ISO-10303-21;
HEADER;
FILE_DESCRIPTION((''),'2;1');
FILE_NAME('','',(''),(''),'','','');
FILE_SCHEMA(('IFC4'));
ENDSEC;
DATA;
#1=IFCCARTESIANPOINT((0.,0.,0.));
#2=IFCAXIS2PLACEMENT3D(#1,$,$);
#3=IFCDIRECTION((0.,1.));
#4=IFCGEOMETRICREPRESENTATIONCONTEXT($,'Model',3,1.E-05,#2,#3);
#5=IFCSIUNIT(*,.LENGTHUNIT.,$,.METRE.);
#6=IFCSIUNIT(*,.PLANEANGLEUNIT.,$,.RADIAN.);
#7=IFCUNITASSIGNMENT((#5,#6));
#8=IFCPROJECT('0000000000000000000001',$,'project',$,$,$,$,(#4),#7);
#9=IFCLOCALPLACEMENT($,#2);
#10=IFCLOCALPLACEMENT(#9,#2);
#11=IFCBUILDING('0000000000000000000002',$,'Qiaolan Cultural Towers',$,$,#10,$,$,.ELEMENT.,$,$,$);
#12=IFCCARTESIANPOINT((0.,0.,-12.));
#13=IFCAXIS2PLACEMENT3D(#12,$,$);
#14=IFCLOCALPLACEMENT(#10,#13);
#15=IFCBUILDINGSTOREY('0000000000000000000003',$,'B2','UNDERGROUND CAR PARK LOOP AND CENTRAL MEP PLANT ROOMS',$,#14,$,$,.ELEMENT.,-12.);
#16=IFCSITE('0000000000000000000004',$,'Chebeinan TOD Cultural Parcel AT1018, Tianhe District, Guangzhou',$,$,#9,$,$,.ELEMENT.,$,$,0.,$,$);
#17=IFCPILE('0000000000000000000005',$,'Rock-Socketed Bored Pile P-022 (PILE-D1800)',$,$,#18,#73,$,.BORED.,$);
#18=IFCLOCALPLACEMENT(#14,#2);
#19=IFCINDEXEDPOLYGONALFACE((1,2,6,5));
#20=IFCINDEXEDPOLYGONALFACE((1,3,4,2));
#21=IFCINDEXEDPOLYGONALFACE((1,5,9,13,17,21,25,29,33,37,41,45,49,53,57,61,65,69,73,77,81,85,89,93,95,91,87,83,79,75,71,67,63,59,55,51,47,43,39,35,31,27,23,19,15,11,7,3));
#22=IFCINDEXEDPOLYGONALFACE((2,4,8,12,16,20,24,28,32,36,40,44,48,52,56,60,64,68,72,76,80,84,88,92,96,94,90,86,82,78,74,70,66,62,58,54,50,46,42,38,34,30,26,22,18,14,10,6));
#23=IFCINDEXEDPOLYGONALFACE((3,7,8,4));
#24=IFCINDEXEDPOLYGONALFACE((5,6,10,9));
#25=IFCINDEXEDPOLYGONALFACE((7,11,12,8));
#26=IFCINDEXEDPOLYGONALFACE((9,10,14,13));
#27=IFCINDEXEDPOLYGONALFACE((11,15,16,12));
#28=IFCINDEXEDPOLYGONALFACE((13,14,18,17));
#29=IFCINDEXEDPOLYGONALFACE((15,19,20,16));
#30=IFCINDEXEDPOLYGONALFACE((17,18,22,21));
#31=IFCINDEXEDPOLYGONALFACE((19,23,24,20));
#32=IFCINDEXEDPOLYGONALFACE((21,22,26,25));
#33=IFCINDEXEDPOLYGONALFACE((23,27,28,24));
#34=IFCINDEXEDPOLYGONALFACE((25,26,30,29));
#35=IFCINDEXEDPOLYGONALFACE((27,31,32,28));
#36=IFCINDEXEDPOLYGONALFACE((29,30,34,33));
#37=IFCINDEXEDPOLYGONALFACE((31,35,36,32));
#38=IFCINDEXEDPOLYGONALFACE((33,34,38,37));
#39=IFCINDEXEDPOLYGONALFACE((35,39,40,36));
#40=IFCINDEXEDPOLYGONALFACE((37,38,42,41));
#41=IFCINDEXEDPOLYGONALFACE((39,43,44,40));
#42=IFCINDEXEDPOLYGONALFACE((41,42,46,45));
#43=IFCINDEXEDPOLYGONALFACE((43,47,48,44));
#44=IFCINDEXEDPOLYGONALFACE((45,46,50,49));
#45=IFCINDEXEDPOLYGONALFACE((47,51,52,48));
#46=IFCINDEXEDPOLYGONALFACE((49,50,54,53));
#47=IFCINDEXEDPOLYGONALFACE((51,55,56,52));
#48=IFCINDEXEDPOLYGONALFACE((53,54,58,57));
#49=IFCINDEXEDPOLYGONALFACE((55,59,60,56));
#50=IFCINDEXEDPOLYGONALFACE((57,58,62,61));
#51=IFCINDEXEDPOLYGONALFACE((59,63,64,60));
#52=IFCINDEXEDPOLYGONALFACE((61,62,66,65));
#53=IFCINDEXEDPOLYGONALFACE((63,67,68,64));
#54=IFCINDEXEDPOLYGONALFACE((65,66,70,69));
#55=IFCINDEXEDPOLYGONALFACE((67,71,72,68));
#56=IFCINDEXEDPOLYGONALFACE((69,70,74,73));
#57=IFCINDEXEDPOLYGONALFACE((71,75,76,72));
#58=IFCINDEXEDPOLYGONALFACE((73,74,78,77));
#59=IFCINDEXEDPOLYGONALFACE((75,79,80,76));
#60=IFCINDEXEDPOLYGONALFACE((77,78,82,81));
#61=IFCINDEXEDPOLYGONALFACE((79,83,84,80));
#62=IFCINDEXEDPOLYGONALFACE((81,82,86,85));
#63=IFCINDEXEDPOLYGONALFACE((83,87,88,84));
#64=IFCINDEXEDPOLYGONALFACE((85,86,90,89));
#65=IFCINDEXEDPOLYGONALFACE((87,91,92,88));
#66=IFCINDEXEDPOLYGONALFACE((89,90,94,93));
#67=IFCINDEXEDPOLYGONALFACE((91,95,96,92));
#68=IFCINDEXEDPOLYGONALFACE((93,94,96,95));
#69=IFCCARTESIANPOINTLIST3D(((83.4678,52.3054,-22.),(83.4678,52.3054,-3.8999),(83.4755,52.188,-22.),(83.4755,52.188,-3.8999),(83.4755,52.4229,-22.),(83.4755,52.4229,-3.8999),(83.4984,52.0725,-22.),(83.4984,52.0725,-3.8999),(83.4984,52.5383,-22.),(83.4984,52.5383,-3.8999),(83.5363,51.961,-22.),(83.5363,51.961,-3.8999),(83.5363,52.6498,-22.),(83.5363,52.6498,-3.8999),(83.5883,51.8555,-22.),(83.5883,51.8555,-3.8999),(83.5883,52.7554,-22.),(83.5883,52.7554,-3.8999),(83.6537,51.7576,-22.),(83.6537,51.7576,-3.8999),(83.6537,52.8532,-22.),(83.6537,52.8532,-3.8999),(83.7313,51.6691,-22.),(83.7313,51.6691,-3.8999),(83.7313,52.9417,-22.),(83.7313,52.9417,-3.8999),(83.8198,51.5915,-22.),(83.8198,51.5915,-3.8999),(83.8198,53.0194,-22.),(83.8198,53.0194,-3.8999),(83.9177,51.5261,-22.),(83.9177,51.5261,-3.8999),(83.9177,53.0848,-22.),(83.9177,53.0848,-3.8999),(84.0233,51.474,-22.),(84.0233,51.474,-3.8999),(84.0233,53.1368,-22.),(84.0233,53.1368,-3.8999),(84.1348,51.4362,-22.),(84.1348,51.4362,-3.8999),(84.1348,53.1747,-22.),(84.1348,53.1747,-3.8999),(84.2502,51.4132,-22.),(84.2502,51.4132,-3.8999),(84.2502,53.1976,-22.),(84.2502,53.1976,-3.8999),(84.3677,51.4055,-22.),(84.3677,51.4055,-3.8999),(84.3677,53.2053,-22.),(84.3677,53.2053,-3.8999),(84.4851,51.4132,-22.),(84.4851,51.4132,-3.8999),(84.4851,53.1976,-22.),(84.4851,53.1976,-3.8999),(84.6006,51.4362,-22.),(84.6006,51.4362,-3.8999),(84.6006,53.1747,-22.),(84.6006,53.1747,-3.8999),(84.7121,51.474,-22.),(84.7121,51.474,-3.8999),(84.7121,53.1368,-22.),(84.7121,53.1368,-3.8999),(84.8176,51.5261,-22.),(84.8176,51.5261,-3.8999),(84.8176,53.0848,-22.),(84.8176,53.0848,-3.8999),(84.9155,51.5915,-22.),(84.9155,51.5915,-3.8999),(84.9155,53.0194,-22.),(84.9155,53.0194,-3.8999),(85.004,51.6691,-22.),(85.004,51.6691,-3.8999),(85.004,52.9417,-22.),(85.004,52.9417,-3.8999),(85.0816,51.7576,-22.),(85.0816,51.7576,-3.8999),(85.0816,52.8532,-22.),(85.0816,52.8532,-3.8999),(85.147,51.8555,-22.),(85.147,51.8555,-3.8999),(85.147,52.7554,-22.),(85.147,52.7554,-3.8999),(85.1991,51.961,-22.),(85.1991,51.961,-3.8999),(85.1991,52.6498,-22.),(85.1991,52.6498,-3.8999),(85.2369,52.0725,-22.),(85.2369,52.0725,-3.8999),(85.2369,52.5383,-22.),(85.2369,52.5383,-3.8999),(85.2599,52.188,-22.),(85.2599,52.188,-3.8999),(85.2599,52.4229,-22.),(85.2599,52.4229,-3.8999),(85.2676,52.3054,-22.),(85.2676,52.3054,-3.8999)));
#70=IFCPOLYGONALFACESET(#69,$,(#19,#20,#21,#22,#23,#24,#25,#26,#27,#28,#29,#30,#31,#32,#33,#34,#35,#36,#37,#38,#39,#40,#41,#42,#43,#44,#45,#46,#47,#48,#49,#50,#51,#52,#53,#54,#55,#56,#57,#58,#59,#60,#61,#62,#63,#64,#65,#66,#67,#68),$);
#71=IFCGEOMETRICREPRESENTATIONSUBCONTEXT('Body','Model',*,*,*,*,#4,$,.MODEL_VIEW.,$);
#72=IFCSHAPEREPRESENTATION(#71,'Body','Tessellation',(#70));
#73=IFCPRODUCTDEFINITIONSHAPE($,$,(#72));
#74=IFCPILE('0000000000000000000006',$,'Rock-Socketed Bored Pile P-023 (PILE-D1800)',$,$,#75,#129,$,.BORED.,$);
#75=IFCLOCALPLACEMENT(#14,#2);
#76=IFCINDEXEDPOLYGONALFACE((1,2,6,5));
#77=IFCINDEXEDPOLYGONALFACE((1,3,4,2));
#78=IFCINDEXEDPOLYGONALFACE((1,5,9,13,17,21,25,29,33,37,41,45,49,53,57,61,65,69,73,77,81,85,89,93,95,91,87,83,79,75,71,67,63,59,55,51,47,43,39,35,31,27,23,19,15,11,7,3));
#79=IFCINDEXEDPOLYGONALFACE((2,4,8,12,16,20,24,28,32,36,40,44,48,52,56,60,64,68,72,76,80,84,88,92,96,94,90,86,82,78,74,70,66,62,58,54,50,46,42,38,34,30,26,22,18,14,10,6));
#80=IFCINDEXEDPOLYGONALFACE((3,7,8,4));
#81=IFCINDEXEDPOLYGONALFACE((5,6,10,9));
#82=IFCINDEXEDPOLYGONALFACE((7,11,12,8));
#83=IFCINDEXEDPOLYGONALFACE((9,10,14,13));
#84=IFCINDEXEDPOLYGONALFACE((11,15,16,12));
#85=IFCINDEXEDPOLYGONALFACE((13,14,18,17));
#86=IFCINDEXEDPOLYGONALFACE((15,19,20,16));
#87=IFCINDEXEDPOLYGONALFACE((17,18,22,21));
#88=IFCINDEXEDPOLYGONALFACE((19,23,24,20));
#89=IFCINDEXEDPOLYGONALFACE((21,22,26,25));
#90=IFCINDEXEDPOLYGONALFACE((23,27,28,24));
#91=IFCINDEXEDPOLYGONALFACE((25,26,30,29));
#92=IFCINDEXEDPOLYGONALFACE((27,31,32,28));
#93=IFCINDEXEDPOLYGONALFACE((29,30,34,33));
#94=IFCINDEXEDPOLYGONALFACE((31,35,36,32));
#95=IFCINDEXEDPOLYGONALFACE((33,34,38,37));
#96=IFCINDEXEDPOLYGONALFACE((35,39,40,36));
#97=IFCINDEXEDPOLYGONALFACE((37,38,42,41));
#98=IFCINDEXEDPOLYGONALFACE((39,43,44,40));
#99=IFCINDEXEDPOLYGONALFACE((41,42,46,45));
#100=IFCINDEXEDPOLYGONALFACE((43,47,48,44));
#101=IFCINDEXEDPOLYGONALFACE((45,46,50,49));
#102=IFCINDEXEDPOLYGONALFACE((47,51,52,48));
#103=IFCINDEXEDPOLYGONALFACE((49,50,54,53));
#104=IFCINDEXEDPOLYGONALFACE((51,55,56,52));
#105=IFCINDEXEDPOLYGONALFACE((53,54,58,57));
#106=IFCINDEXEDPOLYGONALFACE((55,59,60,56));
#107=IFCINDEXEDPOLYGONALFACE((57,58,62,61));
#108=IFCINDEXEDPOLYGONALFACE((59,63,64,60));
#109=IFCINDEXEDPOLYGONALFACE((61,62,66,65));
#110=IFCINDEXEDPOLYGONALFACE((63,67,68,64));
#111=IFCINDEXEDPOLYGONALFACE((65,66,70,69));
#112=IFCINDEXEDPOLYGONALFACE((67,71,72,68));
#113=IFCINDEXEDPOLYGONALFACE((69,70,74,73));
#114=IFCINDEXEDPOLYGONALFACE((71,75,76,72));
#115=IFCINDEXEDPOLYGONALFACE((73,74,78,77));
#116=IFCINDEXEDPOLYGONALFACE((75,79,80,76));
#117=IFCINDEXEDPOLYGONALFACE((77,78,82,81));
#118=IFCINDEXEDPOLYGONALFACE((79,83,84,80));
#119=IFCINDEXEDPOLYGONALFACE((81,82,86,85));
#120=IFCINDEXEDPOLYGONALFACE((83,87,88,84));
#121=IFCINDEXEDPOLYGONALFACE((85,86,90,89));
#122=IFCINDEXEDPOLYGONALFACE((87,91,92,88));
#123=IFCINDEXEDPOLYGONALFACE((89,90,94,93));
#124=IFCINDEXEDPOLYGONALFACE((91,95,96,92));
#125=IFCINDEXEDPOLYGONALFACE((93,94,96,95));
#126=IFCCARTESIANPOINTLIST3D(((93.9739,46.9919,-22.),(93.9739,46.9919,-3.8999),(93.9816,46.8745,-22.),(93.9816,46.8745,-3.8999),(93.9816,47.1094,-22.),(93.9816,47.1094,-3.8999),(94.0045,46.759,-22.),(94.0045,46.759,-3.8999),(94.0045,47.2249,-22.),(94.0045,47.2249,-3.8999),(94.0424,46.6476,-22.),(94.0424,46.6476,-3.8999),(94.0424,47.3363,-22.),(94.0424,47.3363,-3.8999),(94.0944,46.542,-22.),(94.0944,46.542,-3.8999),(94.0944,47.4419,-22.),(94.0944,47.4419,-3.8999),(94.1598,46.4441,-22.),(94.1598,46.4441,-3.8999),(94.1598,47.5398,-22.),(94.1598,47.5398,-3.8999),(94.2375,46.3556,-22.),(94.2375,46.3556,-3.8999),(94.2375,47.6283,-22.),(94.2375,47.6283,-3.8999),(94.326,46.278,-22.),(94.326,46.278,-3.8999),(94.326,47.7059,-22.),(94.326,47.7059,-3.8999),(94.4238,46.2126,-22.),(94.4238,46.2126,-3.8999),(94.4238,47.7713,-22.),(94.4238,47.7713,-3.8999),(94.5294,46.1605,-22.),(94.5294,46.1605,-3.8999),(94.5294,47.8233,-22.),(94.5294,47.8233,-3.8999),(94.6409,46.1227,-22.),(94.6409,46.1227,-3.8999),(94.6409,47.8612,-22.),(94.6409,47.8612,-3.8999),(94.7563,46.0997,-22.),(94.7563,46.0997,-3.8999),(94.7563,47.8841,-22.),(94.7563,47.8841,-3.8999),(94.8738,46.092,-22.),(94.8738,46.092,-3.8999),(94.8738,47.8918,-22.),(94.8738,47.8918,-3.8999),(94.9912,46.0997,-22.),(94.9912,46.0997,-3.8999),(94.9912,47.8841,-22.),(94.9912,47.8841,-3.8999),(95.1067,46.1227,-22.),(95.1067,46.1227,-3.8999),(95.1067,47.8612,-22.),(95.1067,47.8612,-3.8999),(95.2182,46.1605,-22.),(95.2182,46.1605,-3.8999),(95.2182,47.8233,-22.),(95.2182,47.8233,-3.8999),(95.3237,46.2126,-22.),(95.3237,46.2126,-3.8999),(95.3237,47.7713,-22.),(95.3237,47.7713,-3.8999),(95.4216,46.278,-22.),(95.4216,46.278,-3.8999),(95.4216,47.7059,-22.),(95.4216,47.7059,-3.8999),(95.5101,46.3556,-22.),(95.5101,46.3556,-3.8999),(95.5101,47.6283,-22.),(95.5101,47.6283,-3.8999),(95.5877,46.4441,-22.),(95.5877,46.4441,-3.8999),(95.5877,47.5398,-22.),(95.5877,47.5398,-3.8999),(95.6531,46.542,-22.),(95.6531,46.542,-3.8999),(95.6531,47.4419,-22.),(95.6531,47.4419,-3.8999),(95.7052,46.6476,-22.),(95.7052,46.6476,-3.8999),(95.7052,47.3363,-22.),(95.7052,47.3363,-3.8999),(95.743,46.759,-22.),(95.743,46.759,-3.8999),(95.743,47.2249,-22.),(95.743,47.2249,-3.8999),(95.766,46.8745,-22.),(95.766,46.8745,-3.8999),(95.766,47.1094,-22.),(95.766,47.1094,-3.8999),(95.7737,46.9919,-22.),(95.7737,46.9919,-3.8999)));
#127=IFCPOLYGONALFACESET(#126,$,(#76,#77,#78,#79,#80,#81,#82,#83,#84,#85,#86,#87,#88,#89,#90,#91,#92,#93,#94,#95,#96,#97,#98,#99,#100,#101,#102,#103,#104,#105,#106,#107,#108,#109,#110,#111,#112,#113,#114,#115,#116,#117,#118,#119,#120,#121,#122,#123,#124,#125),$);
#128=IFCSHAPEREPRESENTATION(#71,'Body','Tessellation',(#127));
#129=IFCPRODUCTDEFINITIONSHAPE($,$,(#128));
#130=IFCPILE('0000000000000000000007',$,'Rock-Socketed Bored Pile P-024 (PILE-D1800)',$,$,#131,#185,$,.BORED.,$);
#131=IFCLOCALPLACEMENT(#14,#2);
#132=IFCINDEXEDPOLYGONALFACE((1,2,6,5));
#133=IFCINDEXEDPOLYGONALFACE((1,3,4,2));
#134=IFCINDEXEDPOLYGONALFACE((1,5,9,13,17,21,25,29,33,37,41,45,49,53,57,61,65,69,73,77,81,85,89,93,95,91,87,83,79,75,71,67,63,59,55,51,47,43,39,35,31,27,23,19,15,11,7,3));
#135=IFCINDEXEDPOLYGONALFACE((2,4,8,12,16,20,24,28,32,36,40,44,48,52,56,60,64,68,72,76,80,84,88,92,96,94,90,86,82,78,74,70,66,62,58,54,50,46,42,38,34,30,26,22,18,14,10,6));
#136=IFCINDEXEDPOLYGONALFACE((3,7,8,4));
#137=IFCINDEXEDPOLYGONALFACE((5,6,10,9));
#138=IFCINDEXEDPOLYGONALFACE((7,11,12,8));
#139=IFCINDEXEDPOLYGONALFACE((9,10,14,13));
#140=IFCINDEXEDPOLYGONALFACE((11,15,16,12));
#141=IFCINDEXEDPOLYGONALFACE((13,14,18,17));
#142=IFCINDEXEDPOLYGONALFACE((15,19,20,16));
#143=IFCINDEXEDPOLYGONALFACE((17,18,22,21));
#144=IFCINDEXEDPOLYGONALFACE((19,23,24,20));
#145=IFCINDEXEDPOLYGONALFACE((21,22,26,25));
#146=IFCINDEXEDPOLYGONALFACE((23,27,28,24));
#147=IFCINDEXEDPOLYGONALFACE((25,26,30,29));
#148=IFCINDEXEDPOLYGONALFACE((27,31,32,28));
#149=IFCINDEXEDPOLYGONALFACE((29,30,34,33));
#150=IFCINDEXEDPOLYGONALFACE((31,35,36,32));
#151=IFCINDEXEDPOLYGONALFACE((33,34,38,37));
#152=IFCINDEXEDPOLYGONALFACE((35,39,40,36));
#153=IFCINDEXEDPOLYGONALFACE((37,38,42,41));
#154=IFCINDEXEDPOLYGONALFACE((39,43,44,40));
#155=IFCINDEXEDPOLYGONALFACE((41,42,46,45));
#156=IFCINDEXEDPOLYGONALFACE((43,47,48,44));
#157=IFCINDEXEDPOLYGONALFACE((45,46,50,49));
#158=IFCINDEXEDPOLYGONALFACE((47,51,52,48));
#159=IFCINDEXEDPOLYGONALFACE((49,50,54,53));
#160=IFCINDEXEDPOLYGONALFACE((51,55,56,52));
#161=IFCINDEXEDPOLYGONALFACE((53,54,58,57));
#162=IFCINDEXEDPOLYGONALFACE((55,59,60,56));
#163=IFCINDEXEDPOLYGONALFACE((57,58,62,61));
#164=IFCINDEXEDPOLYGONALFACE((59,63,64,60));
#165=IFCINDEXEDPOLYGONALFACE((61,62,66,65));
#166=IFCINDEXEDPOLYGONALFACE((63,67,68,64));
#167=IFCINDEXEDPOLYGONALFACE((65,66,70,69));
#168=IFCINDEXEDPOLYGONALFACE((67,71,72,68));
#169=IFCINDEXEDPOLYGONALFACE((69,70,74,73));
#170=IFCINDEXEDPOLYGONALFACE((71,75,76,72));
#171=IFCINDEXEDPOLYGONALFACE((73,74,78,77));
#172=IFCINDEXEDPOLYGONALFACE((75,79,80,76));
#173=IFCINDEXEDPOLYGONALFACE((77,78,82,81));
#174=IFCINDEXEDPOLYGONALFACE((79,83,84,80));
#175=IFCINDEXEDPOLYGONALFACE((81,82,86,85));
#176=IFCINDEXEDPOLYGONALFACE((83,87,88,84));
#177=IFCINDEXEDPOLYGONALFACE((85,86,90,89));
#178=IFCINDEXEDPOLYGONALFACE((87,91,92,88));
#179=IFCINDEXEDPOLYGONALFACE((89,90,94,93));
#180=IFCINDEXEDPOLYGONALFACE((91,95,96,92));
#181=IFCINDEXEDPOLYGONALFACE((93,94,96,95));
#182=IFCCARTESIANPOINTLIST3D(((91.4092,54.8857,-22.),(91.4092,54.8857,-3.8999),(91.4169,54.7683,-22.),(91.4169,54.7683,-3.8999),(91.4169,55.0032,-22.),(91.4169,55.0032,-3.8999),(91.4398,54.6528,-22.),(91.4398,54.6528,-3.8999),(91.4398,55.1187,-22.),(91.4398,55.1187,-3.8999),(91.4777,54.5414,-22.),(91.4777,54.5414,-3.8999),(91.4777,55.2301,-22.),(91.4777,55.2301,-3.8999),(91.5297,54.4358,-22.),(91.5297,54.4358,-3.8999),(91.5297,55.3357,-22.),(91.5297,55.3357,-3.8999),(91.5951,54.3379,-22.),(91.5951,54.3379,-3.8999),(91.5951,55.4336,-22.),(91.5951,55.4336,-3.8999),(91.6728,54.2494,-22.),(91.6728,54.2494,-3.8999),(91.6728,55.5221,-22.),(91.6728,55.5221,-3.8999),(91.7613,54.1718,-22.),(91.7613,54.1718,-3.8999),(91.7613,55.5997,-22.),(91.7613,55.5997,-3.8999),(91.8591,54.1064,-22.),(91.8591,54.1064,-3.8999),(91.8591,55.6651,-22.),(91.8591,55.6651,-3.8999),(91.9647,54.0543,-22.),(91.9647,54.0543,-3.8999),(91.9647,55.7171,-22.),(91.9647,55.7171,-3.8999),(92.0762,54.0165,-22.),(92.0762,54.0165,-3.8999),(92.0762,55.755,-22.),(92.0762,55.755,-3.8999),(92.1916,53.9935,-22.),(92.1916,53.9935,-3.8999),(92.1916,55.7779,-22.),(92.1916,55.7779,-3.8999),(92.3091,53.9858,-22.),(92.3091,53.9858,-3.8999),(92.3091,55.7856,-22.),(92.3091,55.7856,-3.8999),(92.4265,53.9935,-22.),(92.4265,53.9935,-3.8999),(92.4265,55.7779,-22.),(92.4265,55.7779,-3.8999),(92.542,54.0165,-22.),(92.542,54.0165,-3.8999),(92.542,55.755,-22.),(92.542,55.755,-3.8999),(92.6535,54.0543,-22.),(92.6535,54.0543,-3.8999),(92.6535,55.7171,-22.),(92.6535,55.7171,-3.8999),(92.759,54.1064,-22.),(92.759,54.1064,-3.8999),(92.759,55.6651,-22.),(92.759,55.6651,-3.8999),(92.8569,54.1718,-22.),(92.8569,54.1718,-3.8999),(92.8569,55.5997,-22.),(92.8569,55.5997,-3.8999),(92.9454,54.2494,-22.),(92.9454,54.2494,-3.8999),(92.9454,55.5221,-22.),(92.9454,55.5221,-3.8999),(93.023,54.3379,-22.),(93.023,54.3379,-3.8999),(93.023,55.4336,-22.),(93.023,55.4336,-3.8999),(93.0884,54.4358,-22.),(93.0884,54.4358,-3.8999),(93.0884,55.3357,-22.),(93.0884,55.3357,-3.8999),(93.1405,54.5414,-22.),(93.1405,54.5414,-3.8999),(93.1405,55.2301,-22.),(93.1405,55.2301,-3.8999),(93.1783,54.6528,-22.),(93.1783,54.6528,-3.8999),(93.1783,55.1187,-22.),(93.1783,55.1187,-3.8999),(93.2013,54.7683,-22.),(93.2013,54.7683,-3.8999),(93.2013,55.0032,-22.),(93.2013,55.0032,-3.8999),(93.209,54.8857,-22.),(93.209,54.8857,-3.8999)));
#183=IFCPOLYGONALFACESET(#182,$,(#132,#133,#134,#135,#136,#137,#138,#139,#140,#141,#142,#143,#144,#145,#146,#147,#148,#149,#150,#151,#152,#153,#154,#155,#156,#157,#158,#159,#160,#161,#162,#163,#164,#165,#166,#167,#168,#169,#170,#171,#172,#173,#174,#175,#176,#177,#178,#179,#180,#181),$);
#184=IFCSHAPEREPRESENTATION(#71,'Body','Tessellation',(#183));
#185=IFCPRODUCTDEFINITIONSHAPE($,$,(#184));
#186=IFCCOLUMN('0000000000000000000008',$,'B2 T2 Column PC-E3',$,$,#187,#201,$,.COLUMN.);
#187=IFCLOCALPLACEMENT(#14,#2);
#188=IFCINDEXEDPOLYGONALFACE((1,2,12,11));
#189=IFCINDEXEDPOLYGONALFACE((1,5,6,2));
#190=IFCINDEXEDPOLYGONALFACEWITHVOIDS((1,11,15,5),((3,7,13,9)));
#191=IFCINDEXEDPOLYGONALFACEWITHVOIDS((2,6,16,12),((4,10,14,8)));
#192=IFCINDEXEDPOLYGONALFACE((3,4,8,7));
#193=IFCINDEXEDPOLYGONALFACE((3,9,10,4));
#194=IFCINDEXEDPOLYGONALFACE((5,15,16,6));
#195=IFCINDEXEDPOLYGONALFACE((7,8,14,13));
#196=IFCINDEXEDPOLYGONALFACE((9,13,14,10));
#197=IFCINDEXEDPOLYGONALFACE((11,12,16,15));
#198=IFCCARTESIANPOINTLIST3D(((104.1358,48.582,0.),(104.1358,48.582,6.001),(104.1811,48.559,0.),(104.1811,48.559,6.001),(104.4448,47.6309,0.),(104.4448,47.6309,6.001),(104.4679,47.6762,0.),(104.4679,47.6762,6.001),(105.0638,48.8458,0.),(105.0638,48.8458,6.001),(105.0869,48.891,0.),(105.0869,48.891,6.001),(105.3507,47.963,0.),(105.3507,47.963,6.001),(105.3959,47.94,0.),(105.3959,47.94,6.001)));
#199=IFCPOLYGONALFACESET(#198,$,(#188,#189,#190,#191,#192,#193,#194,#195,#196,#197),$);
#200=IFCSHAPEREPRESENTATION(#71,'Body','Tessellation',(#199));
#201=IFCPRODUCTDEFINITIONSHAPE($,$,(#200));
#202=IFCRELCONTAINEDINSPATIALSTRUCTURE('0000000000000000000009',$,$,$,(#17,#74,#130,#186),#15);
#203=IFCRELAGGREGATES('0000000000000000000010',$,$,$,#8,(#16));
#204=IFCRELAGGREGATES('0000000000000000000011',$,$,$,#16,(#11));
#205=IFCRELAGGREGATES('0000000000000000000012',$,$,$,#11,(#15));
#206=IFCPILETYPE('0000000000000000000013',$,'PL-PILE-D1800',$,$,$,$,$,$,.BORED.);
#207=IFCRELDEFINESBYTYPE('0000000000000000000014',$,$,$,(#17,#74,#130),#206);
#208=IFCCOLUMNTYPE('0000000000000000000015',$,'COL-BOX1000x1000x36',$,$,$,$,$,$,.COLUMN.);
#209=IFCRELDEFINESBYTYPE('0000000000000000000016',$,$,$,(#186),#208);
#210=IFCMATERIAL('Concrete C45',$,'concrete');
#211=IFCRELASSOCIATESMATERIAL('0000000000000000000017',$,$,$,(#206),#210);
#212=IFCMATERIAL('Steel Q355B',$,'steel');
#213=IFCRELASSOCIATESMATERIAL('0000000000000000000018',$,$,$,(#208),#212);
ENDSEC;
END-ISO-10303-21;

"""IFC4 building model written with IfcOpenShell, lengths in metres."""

from ifc_helpers import new_model, si_unit, direction, frame, origin, origin_2d, place, context, subcontext, project, spatial, hollow_rectangle, circle, extrude, material, material_profile, profile_set, type_object, element, save


model = new_model("IFC4")

# Units and contexts
model_context = context("Model", 3, precision=1e-05, world=origin(), true_north=direction((0.0, 1.0)))
body_context = subcontext(model_context, "Body", "Model", "MODEL_VIEW")
ifc_project = project(units=[si_unit("LENGTHUNIT", "METRE"), si_unit("PLANEANGLEUNIT", "RADIAN")], contexts=[model_context])

# Site, building, storey
site_placement = place(None, origin())
site = spatial("IfcSite", under=ifc_project, at=site_placement, Name="Chebeinan TOD Cultural Parcel AT1018, Tianhe District, Guangzhou", CompositionType="ELEMENT", RefElevation=0.0)
building_placement = place(site_placement, origin())
building = spatial("IfcBuilding", under=site, at=building_placement, Name="Qiaolan Cultural Towers", CompositionType="ELEMENT")
storey_placement = place(building_placement, frame((0.0, 0.0, -12.0)))
storey = spatial("IfcBuildingStorey", under=building, at=storey_placement, Name="B2", Description="UNDERGROUND CAR PARK LOOP AND CENTRAL MEP PLANT ROOMS", CompositionType="ELEMENT", Elevation=-12.0)

# Piles
ifc_material_1 = material(Name="Concrete C45", Category="concrete")
ifc_material_profile_1 = material_profile(ifc_material_1, circle(Radius=0.8999, at=origin_2d()), Name="PILE-D1800")
ifc_profile_set_1 = profile_set([ifc_material_profile_1], Name="Concrete C45")
pile_type_1 = type_object("IfcPileType", Name="PL-PILE-D1800", PredefinedType="BORED", material=ifc_profile_set_1)
for number, where, z_axis, x_axis, name in (
    (1, (84.3677, 52.3054, -3.8999), (0.0, 0.0, -1.0), (1.0, 0.0, 0.0), "Rock-Socketed Bored Pile P-022 (PILE-D1800)"),
    (2, (94.8738, 46.9919, -3.8999), (0.0, 0.0, -1.0), (1.0, 0.0, 0.0), "Rock-Socketed Bored Pile P-023 (PILE-D1800)"),
    (3, (92.3091, 54.8857, -3.8999), (0.0, 0.0, -1.0), (1.0, 0.0, 0.0), "Rock-Socketed Bored Pile P-024 (PILE-D1800)"),
):
    element("IfcPile", number, at=place(storey_placement, frame(where, z_axis=z_axis, x_axis=x_axis)), inside=storey, type_object=pile_type_1, Name=name, PredefinedType="BORED", context=body_context, shape_type="SweptSolid", body=[
        extrude(circle(Radius=0.8999, at=origin_2d()), origin(), (0.0, 0.0, 1.0), 18.1001),
    ])

# Column
ifc_material_2 = material(Name="Steel Q355B", Category="steel")
ifc_material_profile_2 = material_profile(ifc_material_2, hollow_rectangle(XDim=1.0, YDim=1.0, WallThickness=0.0359, at=origin_2d()), Name="BOX1000x1000x36")
ifc_profile_set_2 = profile_set([ifc_material_profile_2], Name="Steel Q355B")
column_type_1 = type_object("IfcColumnType", Name="COL-BOX1000x1000x36", PredefinedType="COLUMN", material=ifc_profile_set_2)
column_1_placement = place(storey_placement, frame((104.7659, 48.261, 0.0), z_axis=(0.0, 0.0, 1.0), x_axis=(0.951057, 0.309017, 0.0)))
element("IfcColumn", 4, at=column_1_placement, inside=storey, type_object=column_type_1, Name="B2 T2 Column PC-E3", PredefinedType="COLUMN", context=body_context, shape_type="SweptSolid", body=[
    extrude(hollow_rectangle(XDim=1.0, YDim=1.0, WallThickness=0.0359, at=origin_2d()), origin(), (0.0, 0.0, 1.0), 6.001),
])

save(model, "model.ifc")
